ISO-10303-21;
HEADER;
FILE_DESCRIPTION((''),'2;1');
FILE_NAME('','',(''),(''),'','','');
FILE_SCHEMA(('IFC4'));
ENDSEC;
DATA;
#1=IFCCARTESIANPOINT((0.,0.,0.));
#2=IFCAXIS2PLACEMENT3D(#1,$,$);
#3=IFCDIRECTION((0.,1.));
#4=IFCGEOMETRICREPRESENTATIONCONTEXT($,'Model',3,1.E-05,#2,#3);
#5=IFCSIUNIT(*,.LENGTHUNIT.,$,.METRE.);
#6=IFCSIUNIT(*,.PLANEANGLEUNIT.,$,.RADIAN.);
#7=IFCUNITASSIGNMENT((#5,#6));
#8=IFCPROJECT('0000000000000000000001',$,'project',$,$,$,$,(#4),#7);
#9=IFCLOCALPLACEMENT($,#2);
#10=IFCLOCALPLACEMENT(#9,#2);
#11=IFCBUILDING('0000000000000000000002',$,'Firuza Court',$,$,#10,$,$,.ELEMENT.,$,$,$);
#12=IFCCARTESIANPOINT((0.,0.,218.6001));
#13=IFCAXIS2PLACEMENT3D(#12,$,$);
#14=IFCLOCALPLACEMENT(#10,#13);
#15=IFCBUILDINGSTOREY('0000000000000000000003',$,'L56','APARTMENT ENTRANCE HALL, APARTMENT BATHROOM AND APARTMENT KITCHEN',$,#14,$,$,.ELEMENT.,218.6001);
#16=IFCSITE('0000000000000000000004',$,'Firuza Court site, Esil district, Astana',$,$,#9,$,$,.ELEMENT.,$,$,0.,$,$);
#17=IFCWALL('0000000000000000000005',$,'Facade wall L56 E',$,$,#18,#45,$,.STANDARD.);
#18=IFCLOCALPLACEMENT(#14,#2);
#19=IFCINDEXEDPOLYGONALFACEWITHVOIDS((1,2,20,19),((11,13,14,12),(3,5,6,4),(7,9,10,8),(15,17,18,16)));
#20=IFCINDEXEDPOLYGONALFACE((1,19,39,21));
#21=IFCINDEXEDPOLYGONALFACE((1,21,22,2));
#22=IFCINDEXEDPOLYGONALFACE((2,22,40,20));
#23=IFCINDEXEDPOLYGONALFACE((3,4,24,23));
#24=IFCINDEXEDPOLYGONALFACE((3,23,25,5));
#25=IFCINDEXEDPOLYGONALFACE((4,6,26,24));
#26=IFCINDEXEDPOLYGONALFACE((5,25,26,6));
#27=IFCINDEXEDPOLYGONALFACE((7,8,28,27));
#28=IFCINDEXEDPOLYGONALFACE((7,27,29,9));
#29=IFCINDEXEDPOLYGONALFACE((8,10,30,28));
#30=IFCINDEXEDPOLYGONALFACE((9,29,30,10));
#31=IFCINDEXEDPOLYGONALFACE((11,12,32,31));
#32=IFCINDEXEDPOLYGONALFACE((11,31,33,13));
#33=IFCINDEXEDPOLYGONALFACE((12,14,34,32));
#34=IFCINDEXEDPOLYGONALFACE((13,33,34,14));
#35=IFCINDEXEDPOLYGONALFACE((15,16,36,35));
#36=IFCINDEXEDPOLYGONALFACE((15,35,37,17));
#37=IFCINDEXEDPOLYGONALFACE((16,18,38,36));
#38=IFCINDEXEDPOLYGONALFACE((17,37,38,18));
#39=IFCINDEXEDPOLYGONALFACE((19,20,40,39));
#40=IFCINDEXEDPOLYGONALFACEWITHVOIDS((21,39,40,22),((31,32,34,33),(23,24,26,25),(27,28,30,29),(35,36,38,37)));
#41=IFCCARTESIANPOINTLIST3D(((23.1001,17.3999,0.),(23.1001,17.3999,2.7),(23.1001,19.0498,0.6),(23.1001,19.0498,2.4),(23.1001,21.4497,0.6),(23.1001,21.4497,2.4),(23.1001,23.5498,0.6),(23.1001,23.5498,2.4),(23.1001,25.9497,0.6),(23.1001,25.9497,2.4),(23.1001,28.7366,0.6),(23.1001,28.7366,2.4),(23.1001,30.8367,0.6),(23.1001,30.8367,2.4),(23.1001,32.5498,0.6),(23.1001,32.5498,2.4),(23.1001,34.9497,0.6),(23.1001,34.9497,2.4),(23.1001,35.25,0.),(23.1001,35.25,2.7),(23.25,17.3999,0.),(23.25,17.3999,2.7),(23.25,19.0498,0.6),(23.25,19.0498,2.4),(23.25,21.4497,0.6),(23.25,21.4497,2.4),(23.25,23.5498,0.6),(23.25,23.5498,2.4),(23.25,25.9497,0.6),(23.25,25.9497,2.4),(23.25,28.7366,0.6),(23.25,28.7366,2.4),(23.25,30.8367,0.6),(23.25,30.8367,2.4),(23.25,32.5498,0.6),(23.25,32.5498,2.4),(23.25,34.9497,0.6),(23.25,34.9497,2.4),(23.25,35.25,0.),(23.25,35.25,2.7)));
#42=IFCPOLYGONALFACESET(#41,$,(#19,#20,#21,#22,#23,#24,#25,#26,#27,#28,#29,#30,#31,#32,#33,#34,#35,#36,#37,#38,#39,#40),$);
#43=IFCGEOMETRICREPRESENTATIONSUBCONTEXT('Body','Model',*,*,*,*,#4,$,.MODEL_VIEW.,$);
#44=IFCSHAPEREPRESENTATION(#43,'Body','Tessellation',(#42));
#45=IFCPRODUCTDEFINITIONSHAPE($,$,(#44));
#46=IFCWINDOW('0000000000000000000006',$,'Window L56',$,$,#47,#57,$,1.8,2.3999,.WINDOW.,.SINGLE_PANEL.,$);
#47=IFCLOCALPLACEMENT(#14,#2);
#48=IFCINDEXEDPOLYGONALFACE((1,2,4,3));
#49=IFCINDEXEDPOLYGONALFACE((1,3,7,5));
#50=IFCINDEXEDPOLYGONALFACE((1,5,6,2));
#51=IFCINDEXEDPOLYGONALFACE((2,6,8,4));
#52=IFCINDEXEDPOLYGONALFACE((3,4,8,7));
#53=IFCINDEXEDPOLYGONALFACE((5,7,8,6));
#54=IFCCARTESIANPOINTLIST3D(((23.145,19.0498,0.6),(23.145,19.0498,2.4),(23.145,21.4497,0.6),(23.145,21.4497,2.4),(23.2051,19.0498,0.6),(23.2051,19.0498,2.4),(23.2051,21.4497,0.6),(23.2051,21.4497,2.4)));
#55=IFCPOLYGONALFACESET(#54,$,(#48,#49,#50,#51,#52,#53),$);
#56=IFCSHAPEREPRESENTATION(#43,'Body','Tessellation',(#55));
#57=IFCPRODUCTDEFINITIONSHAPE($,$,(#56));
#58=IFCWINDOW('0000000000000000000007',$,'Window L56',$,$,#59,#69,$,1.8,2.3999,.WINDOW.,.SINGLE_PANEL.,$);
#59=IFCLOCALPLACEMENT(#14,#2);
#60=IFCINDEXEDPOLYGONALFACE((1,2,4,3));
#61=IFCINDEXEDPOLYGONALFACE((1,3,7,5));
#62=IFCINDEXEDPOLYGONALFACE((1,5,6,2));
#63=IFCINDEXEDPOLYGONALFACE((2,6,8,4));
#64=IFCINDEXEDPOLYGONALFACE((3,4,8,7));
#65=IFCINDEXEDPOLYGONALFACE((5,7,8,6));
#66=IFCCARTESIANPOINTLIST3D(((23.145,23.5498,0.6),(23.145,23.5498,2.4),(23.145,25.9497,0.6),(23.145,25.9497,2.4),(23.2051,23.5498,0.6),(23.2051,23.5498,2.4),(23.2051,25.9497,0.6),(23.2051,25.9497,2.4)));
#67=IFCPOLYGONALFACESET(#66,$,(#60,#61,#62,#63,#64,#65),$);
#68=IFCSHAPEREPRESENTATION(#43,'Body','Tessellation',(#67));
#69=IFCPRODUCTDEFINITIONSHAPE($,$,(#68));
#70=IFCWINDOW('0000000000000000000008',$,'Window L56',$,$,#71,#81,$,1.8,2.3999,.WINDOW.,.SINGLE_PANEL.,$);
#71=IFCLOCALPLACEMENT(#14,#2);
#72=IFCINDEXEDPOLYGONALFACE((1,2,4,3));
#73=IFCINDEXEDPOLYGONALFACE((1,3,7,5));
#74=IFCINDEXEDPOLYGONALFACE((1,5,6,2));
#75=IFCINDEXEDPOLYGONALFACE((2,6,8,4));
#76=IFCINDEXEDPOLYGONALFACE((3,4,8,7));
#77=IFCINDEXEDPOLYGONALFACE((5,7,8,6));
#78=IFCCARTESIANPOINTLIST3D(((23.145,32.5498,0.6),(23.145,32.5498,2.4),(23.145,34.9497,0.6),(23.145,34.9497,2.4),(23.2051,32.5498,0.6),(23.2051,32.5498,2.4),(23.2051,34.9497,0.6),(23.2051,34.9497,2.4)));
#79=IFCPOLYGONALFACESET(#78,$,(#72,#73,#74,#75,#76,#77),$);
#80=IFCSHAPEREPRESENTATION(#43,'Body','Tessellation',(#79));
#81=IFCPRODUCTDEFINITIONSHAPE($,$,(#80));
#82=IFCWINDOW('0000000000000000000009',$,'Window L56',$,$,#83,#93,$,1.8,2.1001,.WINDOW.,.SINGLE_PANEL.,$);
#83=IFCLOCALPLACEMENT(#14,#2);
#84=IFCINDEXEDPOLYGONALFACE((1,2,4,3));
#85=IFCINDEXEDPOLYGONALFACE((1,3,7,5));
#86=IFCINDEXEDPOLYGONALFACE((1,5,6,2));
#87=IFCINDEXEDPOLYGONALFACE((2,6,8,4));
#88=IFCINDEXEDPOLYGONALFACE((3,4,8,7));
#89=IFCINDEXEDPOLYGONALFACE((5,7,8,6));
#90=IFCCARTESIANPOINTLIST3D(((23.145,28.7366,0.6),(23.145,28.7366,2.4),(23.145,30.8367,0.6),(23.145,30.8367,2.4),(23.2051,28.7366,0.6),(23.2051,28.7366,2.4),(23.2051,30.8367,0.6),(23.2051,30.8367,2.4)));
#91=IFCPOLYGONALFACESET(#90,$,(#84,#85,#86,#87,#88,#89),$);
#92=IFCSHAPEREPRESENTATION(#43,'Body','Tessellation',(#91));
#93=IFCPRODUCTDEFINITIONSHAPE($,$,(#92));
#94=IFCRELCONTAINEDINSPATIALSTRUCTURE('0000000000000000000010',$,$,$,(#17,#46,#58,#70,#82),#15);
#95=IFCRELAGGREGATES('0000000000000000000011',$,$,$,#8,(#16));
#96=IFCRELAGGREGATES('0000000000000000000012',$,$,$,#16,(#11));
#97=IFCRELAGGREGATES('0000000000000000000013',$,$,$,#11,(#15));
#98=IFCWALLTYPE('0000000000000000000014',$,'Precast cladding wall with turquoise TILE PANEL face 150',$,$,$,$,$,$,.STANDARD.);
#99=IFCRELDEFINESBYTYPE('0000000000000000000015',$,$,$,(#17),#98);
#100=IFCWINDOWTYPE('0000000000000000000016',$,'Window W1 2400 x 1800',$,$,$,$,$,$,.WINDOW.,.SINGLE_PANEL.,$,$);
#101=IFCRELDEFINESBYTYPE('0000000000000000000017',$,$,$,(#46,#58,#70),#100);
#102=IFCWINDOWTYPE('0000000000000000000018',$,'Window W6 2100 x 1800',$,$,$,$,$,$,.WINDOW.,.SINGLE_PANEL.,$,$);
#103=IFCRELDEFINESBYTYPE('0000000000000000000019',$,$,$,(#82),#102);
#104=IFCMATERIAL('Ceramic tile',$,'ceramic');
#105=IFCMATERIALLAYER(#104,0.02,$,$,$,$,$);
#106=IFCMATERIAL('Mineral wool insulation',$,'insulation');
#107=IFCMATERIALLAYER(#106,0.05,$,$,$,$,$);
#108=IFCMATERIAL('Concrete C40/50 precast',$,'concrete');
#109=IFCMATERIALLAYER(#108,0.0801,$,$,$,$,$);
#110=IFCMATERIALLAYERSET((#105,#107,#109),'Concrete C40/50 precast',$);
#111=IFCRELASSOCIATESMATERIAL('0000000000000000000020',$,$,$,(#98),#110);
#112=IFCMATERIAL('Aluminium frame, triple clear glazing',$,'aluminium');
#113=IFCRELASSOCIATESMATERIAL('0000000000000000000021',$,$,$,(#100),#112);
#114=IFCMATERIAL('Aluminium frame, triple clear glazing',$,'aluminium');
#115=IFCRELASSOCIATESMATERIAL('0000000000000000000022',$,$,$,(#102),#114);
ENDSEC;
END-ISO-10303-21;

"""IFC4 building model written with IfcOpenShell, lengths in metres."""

from ifc_helpers import new_model, si_unit, direction, frame, frame_2d, origin, place, context, subcontext, project, spatial, rectangle, extrude, material, layer, layer_set, type_object, element, fill, save


model = new_model("IFC4")

# Units and contexts
model_context = context("Model", 3, precision=1e-05, world=origin(), true_north=direction((0.0, 1.0)))
body_context = subcontext(model_context, "Body", "Model", "MODEL_VIEW")
ifc_project = project(units=[si_unit("LENGTHUNIT", "METRE"), si_unit("PLANEANGLEUNIT", "RADIAN")], contexts=[model_context])

# Site, building, storey
site_placement = place(None, origin())
site = spatial("IfcSite", under=ifc_project, at=site_placement, Name="Firuza Court site, Esil district, Astana", CompositionType="ELEMENT", RefElevation=0.0)
building_placement = place(site_placement, origin())
building = spatial("IfcBuilding", under=site, at=building_placement, Name="Firuza Court", CompositionType="ELEMENT")
storey_placement = place(building_placement, frame((0.0, 0.0, 218.6001)))
storey = spatial("IfcBuildingStorey", under=building, at=storey_placement, Name="L56", Description="APARTMENT ENTRANCE HALL, APARTMENT BATHROOM AND APARTMENT KITCHEN", CompositionType="ELEMENT", Elevation=218.6001)

# Wall, openings, windows
ifc_material_1 = material(Name="Ceramic tile", Category="ceramic")
ifc_layer_1 = layer(ifc_material_1, 0.02)
ifc_material_2 = material(Name="Mineral wool insulation", Category="insulation")
ifc_layer_2 = layer(ifc_material_2, 0.05)
ifc_material_3 = material(Name="Concrete C40/50 precast", Category="concrete")
ifc_layer_3 = layer(ifc_material_3, 0.0801)
ifc_layer_set = layer_set([ifc_layer_1, ifc_layer_2, ifc_layer_3], Name="Concrete C40/50 precast")
wall_type = type_object("IfcWallType", Name="Precast cladding wall with turquoise TILE PANEL face 150", PredefinedType="STANDARD", material=ifc_layer_set)
wall_placement = place(storey_placement, frame((23.175, 17.3999, 0.0), z_axis=(0.0, 0.0, 1.0), x_axis=(0.0, 1.0, 0.0)))
wall = element("IfcWall", 1, at=wall_placement, inside=storey, type_object=wall_type, Name="Facade wall L56 E", PredefinedType="STANDARD", context=body_context, shape_type="SweptSolid", body=[
    extrude(rectangle(XDim=17.8501, YDim=0.1499, at=frame_2d((8.925, 0.0))), origin(), (0.0, 0.0, 1.0), 2.7),
])
opening_1_placement = place(wall_placement, frame((1.6499, 0.0, 0.6001)))
opening_1 = element("IfcOpeningElement", 2, at=opening_1_placement, cuts=wall, PredefinedType="OPENING", context=body_context, shape_type="SweptSolid", body=[
    extrude(rectangle(XDim=2.3999, YDim=1.8, at=frame_2d((1.2, 0.8999))), frame((0.0, 0.0869, 0.0), z_axis=(0.0, -1.0, 0.0), x_axis=(1.0, 0.0, 0.0)), (0.0, 0.0, 1.0), 0.1738),
])
opening_2_placement = place(wall_placement, frame((6.1499, 0.0, 0.6001)))
opening_2 = element("IfcOpeningElement", 3, at=opening_2_placement, cuts=wall, PredefinedType="OPENING", context=body_context, shape_type="SweptSolid", body=[
    extrude(rectangle(XDim=2.3999, YDim=1.8, at=frame_2d((1.2, 0.8999))), frame((0.0, 0.0869, 0.0), z_axis=(0.0, -1.0, 0.0), x_axis=(1.0, 0.0, 0.0)), (0.0, 0.0, 1.0), 0.1738),
])
opening_3_placement = place(wall_placement, frame((11.3367, 0.0, 0.6001)))
opening_3 = element("IfcOpeningElement", 4, at=opening_3_placement, cuts=wall, PredefinedType="OPENING", context=body_context, shape_type="SweptSolid", body=[
    extrude(rectangle(XDim=2.1001, YDim=1.8, at=frame_2d((1.05, 0.8999))), frame((0.0, 0.0869, 0.0), z_axis=(0.0, -1.0, 0.0), x_axis=(1.0, 0.0, 0.0)), (0.0, 0.0, 1.0), 0.1738),
])
opening_4_placement = place(wall_placement, frame((15.1499, 0.0, 0.6001)))
opening_4 = element("IfcOpeningElement", 5, at=opening_4_placement, cuts=wall, PredefinedType="OPENING", context=body_context, shape_type="SweptSolid", body=[
    extrude(rectangle(XDim=2.3999, YDim=1.8, at=frame_2d((1.2, 0.8999))), frame((0.0, 0.0869, 0.0), z_axis=(0.0, -1.0, 0.0), x_axis=(1.0, 0.0, 0.0)), (0.0, 0.0, 1.0), 0.1738),
])
ifc_material_4 = material(Name="Aluminium frame, triple clear glazing", Category="aluminium")
window_type_1 = type_object("IfcWindowType", Name="Window W1 2400 x 1800", PartitioningType="SINGLE_PANEL", PredefinedType="WINDOW", material=ifc_material_4)
window_1_placement = place(opening_1_placement, origin())
window_1 = element("IfcWindow", 6, at=window_1_placement, inside=storey, type_object=window_type_1, Name="Window L56", OverallHeight=1.8, OverallWidth=2.3999, PartitioningType="SINGLE_PANEL", PredefinedType="WINDOW", context=body_context, shape_type="SweptSolid", body=[
    extrude(rectangle(XDim=2.3999, YDim=1.8, at=frame_2d((1.2, 0.8999))), frame((0.0, 0.03, 0.0), z_axis=(0.0, -1.0, 0.0), x_axis=(1.0, 0.0, 0.0)), (0.0, 0.0, 1.0), 0.0601),
])
fill(opening_1, window_1)
window_2_placement = place(opening_2_placement, origin())
window_2 = element("IfcWindow", 7, at=window_2_placement, inside=storey, type_object=window_type_1, Name="Window L56", OverallHeight=1.8, OverallWidth=2.3999, PartitioningType="SINGLE_PANEL", PredefinedType="WINDOW", context=body_context, shape_type="SweptSolid", body=[
    extrude(rectangle(XDim=2.3999, YDim=1.8, at=frame_2d((1.2, 0.8999))), frame((0.0, 0.03, 0.0), z_axis=(0.0, -1.0, 0.0), x_axis=(1.0, 0.0, 0.0)), (0.0, 0.0, 1.0), 0.0601),
])
fill(opening_2, window_2)
window_3_placement = place(opening_4_placement, origin())
window_3 = element("IfcWindow", 8, at=window_3_placement, inside=storey, type_object=window_type_1, Name="Window L56", OverallHeight=1.8, OverallWidth=2.3999, PartitioningType="SINGLE_PANEL", PredefinedType="WINDOW", context=body_context, shape_type="SweptSolid", body=[
    extrude(rectangle(XDim=2.3999, YDim=1.8, at=frame_2d((1.2, 0.8999))), frame((0.0, 0.03, 0.0), z_axis=(0.0, -1.0, 0.0), x_axis=(1.0, 0.0, 0.0)), (0.0, 0.0, 1.0), 0.0601),
])
fill(opening_4, window_3)
ifc_material_5 = material(Name="Aluminium frame, triple clear glazing", Category="aluminium")
window_type_2 = type_object("IfcWindowType", Name="Window W6 2100 x 1800", PartitioningType="SINGLE_PANEL", PredefinedType="WINDOW", material=ifc_material_5)
window_4_placement = place(opening_3_placement, origin())
window_4 = element("IfcWindow", 9, at=window_4_placement, inside=storey, type_object=window_type_2, Name="Window L56", OverallHeight=1.8, OverallWidth=2.1001, PartitioningType="SINGLE_PANEL", PredefinedType="WINDOW", context=body_context, shape_type="SweptSolid", body=[
    extrude(rectangle(XDim=2.1001, YDim=1.8, at=frame_2d((1.05, 0.8999))), frame((0.0, 0.03, 0.0), z_axis=(0.0, -1.0, 0.0), x_axis=(1.0, 0.0, 0.0)), (0.0, 0.0, 1.0), 0.0601),
])
fill(opening_3, window_4)

save(model, "model.ifc")
